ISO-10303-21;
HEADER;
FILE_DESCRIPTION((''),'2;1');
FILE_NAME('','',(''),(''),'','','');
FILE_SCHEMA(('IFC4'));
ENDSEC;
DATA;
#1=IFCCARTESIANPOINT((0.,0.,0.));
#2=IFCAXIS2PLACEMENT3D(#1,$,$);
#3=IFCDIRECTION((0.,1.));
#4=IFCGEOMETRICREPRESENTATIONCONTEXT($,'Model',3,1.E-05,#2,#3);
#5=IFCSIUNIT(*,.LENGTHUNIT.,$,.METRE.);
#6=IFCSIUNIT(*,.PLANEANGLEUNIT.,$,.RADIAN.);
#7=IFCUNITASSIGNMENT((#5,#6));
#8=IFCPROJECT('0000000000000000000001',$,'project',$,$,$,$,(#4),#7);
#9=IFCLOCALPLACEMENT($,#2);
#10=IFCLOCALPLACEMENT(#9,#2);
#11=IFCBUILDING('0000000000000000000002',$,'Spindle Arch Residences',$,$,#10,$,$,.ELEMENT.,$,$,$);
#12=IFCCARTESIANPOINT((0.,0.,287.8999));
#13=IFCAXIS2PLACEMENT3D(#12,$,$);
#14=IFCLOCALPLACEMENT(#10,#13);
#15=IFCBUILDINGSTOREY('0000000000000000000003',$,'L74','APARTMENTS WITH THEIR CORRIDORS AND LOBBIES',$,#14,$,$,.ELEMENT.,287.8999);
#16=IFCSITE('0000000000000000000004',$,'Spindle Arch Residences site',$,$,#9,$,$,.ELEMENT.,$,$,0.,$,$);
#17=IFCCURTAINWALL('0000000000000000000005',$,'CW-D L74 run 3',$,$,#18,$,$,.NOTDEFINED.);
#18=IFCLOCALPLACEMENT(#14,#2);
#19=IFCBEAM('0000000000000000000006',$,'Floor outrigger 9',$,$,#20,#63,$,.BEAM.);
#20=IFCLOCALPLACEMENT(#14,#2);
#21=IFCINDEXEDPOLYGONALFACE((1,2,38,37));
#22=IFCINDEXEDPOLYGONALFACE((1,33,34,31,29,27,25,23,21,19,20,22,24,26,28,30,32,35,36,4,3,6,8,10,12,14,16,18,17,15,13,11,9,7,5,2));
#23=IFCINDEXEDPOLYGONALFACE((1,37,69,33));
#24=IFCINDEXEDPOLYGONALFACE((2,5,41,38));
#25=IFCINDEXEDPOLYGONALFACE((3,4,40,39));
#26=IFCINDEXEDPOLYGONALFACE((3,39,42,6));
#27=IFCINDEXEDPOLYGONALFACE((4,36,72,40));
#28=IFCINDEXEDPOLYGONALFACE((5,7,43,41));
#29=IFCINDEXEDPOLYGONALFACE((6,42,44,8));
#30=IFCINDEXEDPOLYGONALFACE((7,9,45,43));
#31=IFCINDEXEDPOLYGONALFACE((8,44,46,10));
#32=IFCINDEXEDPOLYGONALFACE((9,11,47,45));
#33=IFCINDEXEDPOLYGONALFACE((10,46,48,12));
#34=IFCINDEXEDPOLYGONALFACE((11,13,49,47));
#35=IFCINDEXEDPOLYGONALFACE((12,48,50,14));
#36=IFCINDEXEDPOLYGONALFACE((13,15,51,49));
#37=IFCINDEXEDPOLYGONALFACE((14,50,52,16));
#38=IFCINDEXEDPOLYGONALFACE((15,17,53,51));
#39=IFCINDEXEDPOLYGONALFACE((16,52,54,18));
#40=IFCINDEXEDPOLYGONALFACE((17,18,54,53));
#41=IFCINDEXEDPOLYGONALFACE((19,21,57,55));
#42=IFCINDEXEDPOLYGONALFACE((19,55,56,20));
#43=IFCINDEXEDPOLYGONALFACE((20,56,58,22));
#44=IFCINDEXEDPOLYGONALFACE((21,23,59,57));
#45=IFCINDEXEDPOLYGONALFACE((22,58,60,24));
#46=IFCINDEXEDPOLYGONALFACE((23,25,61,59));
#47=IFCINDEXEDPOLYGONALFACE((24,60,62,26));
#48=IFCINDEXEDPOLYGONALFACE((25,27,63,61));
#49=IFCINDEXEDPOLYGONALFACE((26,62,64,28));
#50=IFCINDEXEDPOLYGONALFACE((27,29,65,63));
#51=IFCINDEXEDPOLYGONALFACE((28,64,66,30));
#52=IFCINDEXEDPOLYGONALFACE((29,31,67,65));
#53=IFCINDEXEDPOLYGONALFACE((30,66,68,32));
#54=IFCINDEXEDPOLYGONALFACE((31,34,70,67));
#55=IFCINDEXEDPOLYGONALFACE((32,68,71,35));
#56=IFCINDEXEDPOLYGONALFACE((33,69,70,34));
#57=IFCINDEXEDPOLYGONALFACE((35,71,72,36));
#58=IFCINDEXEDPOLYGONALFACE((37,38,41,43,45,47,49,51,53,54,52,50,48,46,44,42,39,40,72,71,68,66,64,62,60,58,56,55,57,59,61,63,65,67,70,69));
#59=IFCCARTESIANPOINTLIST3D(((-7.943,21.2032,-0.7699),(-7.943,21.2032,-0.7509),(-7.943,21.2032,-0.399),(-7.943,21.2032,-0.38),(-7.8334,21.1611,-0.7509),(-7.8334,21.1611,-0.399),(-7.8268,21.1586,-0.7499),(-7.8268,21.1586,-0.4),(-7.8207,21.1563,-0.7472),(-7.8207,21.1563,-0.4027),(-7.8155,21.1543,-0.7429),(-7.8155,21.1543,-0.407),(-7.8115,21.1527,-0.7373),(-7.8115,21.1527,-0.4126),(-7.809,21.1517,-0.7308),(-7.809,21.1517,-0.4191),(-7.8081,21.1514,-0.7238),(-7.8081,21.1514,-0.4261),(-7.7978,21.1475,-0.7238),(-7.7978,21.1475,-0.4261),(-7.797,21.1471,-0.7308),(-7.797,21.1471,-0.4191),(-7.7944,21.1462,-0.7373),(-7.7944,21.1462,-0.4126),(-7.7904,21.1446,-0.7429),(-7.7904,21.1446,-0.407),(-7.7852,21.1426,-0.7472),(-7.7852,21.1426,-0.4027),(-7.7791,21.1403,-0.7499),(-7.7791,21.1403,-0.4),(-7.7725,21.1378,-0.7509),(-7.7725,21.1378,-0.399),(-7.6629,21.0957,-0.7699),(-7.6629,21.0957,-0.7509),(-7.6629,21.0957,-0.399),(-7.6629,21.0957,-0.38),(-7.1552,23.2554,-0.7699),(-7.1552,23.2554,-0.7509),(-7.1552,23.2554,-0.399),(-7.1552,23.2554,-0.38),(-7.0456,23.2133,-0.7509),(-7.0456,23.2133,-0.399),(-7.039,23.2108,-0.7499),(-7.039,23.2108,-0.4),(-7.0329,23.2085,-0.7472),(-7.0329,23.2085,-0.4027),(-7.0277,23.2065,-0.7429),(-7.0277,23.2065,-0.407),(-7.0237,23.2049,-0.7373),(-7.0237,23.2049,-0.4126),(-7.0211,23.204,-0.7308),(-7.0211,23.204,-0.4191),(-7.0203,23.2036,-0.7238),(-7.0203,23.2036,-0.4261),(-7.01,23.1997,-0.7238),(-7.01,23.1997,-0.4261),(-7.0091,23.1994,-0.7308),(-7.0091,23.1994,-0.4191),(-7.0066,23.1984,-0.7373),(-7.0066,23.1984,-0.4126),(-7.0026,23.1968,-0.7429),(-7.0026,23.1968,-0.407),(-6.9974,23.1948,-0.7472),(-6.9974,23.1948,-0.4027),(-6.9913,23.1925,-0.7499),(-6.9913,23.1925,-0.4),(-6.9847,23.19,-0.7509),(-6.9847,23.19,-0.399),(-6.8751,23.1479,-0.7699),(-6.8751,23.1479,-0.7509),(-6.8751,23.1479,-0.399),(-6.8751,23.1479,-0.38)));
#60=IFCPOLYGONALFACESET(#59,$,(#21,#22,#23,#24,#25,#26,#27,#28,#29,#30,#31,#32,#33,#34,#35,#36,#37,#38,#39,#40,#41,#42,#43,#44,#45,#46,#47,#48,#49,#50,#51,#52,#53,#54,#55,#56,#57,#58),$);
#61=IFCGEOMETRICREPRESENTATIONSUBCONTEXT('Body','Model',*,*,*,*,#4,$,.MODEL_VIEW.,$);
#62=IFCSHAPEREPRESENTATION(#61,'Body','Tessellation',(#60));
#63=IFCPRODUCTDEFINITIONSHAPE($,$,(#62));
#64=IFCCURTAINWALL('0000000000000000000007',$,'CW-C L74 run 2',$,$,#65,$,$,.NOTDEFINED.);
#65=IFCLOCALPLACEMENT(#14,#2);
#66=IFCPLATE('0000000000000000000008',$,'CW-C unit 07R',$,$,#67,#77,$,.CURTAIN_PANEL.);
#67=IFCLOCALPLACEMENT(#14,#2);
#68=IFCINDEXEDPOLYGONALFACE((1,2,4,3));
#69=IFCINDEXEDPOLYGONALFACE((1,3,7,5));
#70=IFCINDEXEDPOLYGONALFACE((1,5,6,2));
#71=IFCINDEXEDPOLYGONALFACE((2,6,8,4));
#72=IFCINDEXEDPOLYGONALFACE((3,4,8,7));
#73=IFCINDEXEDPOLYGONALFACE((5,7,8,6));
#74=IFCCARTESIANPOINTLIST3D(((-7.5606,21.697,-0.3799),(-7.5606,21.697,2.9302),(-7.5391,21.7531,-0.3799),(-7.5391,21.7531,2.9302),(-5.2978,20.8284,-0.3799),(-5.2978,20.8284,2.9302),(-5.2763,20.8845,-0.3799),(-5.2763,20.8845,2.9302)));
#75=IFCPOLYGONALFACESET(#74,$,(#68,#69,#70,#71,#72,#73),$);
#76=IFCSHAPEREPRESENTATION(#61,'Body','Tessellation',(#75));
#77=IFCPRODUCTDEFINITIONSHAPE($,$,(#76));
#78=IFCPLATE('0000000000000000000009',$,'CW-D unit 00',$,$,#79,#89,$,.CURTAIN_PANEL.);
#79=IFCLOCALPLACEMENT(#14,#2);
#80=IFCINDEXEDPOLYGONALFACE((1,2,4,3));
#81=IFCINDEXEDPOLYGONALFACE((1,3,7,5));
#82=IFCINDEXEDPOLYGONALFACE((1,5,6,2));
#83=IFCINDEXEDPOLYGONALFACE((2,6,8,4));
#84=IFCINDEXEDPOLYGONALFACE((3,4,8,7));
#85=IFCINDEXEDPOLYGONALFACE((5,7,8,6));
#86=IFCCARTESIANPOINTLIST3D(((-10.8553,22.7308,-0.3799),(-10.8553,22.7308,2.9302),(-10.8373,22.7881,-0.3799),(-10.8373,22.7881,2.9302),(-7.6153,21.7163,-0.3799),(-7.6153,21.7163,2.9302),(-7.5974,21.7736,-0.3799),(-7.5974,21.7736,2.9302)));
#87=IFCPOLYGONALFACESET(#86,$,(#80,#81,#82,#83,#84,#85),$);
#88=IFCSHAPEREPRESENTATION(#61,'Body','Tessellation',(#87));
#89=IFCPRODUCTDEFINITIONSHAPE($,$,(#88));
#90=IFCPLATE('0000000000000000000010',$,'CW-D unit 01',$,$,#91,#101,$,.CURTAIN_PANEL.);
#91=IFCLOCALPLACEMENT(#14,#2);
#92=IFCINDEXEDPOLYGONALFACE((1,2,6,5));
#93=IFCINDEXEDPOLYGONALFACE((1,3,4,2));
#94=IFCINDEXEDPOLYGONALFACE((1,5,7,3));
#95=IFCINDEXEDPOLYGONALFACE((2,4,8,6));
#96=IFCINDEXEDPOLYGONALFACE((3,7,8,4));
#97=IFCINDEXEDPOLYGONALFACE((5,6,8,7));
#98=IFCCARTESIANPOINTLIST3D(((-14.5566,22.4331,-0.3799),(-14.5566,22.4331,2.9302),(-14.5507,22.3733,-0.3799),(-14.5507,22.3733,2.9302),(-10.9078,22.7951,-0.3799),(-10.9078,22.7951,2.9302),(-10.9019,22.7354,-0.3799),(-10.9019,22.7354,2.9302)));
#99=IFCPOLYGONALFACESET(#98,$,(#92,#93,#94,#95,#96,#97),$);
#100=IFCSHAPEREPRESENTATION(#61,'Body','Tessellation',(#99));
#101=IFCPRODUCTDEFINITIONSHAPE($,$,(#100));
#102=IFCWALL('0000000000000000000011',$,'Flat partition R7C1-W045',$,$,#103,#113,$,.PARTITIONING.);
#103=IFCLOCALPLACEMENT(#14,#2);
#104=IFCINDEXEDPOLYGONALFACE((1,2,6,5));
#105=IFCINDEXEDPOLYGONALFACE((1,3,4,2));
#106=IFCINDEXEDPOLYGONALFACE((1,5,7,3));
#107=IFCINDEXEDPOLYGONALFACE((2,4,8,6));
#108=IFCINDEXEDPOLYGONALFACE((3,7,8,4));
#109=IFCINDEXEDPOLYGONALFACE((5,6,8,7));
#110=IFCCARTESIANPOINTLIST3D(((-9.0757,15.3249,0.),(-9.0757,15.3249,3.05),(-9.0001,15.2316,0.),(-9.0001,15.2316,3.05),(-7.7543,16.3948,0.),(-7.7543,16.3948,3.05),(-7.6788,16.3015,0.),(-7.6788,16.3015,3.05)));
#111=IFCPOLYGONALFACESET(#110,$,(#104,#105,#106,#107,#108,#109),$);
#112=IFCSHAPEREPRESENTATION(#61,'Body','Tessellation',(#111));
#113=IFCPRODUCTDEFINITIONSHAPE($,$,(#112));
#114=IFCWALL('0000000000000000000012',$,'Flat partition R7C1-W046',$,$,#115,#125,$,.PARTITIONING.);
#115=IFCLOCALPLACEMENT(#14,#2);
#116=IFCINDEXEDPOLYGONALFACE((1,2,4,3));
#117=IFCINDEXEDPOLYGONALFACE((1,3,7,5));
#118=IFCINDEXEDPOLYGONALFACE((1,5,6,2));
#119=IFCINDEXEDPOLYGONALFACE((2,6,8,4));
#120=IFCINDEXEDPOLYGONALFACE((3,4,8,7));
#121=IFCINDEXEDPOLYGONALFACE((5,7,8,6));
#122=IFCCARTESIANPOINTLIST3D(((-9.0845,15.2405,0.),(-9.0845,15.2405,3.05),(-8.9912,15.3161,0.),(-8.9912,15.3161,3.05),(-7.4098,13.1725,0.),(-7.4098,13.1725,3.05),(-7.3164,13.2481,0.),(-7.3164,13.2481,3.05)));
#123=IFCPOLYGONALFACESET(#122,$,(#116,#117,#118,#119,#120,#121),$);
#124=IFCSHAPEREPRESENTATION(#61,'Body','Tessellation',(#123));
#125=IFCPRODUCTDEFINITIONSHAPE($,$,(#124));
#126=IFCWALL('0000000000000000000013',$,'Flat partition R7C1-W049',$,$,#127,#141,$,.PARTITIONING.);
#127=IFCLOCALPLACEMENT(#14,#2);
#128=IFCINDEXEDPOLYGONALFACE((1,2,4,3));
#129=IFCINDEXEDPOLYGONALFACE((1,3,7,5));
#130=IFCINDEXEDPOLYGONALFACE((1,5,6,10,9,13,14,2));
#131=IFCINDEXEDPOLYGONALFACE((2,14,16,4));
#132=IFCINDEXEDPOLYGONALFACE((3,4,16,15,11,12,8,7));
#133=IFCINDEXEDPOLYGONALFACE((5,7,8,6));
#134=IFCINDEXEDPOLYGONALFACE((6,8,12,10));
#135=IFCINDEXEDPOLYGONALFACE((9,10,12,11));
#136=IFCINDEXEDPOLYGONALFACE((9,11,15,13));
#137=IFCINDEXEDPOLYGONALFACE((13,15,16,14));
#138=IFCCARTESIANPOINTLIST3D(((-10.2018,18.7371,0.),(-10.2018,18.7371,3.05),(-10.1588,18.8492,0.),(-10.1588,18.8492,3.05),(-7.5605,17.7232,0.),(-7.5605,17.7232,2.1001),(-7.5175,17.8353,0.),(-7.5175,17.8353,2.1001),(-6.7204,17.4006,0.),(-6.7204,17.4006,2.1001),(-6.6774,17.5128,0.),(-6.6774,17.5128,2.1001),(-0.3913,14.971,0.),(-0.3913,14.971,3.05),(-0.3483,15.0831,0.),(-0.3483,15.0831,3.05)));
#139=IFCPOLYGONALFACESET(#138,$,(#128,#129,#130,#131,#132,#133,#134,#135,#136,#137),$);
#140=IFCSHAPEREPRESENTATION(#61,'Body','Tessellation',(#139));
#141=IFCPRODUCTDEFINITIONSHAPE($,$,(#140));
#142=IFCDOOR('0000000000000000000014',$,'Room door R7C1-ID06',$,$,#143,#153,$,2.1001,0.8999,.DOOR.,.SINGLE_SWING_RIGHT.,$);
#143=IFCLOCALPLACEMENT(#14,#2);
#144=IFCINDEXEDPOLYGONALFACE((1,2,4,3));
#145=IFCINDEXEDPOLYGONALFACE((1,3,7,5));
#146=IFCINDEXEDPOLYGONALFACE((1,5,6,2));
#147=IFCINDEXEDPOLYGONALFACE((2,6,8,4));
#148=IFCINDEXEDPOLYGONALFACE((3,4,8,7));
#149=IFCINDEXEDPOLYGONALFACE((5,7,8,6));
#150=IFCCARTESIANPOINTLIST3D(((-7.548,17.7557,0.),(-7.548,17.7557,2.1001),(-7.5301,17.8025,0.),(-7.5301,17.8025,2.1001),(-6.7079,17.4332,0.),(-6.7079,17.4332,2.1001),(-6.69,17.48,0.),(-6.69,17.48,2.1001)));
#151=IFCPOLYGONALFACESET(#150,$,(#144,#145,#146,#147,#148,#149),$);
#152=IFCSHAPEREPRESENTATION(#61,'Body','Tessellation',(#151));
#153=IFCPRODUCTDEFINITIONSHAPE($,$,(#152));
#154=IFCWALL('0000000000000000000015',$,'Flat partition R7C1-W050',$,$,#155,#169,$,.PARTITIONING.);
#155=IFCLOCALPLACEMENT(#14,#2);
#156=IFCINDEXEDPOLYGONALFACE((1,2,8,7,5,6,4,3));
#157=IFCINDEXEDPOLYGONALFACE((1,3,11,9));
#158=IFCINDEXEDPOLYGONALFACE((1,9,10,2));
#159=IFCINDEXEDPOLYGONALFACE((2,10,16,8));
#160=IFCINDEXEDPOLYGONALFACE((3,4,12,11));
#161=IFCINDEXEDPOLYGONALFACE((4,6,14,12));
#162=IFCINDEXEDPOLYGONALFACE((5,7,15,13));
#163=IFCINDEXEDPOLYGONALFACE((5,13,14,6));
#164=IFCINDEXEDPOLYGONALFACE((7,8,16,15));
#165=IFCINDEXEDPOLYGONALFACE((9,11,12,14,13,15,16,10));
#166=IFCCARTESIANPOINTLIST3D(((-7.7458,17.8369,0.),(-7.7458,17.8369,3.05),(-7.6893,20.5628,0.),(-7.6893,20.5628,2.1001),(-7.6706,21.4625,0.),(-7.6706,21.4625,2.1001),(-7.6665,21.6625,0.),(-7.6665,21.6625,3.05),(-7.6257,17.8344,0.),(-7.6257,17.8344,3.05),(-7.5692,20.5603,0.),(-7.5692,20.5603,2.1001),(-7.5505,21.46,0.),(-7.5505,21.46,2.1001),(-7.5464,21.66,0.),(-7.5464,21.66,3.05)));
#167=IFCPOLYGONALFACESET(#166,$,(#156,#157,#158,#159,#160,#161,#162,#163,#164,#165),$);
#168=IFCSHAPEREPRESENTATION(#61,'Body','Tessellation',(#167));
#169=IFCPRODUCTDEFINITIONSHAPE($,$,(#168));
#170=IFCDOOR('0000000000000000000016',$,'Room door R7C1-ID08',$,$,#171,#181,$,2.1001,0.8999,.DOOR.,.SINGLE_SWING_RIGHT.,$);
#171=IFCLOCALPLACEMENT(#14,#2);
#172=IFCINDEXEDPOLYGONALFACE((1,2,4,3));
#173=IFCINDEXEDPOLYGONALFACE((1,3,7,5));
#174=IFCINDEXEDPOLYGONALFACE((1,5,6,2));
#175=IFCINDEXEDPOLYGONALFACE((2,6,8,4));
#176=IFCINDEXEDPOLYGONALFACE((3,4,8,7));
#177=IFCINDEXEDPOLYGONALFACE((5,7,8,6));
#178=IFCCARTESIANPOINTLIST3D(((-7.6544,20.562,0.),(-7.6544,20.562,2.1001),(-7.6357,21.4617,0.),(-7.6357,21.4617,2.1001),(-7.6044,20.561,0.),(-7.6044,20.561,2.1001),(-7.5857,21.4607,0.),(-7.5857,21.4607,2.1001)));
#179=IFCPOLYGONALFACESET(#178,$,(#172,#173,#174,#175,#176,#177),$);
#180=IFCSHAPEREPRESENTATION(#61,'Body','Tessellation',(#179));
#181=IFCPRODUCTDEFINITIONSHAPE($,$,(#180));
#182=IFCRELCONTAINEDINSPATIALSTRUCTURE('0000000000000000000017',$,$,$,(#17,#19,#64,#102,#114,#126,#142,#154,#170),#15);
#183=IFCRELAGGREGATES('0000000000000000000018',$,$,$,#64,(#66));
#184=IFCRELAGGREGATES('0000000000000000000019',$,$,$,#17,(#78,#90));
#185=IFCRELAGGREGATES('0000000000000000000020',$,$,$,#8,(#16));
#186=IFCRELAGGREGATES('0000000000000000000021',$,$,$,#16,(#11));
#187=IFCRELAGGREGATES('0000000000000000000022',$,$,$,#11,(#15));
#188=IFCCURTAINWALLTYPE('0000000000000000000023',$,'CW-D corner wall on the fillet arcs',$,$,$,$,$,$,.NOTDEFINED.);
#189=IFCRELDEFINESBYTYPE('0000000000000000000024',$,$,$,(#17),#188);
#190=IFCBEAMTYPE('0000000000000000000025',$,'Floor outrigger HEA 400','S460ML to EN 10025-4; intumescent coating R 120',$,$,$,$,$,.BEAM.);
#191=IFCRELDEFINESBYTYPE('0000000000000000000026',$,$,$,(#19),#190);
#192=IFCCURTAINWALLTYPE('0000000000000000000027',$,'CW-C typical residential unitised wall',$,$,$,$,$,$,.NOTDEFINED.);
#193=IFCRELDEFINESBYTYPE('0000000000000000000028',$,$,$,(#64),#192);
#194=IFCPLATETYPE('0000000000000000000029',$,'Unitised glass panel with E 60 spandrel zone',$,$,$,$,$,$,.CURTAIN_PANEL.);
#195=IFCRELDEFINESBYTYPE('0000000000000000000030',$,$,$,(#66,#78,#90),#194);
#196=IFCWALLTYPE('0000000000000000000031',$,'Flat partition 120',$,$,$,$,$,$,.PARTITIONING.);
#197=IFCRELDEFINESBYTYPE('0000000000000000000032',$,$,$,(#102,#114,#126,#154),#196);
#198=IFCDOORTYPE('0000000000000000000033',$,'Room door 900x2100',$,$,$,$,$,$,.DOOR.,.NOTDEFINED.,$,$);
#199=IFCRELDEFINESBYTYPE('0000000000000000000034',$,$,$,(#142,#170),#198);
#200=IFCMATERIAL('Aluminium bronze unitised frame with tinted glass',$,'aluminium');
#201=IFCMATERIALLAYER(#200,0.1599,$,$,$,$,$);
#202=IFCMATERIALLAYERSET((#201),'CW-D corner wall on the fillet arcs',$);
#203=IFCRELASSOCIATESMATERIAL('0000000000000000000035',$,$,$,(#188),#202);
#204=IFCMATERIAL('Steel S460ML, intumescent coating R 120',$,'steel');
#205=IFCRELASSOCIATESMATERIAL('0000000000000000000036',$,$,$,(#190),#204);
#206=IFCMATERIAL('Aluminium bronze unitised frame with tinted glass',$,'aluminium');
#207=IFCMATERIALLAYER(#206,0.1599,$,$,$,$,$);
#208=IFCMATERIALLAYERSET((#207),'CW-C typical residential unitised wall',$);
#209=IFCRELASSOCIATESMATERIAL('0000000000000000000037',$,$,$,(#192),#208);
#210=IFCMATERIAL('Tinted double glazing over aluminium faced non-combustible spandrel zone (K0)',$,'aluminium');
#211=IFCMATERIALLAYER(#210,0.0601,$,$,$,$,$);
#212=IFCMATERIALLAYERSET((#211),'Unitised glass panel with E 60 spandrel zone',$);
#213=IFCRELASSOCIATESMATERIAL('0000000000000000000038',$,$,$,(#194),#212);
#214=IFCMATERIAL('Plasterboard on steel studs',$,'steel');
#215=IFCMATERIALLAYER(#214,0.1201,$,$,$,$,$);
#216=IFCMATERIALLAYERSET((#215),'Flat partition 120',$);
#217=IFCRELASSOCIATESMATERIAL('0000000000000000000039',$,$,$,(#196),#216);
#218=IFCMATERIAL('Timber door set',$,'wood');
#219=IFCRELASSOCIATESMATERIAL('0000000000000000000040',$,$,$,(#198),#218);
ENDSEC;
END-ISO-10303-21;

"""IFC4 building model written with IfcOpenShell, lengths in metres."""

from ifc_helpers import new_model, si_unit, direction, frame, frame_2d, origin, origin_2d, place, context, subcontext, project, spatial, rectangle, i_section, extrude, material, layer, layer_set, material_profile, profile_set, type_object, element, fill, aggregate, save


model = new_model("IFC4")

# Units and contexts
model_context = context("Model", 3, precision=1e-05, world=origin(), true_north=direction((0.0, 1.0)))
body_context = subcontext(model_context, "Body", "Model", "MODEL_VIEW")
ifc_project = project(units=[si_unit("LENGTHUNIT", "METRE"), si_unit("PLANEANGLEUNIT", "RADIAN")], contexts=[model_context])

# Site, building, storey
site_placement = place(None, origin())
site = spatial("IfcSite", under=ifc_project, at=site_placement, Name="Spindle Arch Residences site", CompositionType="ELEMENT", RefElevation=0.0)
building_placement = place(site_placement, origin())
building = spatial("IfcBuilding", under=site, at=building_placement, Name="Spindle Arch Residences", CompositionType="ELEMENT")
storey_placement = place(building_placement, frame((0.0, 0.0, 287.8999)))
storey = spatial("IfcBuildingStorey", under=building, at=storey_placement, Name="L74", Description="APARTMENTS WITH THEIR CORRIDORS AND LOBBIES", CompositionType="ELEMENT", Elevation=287.8999)

# Curtain wall
ifc_material_1 = material(Name="Aluminium bronze unitised frame with tinted glass", Category="aluminium")
ifc_layer_1 = layer(ifc_material_1, 0.1599)
ifc_layer_set_1 = layer_set([ifc_layer_1], Name="CW-D corner wall on the fillet arcs")
curtain_wall_type_1 = type_object("IfcCurtainWallType", Name="CW-D corner wall on the fillet arcs", PredefinedType="NOTDEFINED", material=ifc_layer_set_1)
curtain_wall_1_placement = place(storey_placement, origin())
curtain_wall_1 = element("IfcCurtainWall", 1, at=curtain_wall_1_placement, inside=storey, type_object=curtain_wall_type_1, Name="CW-D L74 run 3", PredefinedType="NOTDEFINED")

# Beam
ifc_material_2 = material(Name="Steel S460ML, intumescent coating R 120", Category="steel")
ifc_material_profile_1 = material_profile(ifc_material_2, i_section(OverallWidth=0.3, OverallDepth=0.3899, WebThickness=0.011, FlangeThickness=0.019, FilletRadius=0.0271, at=origin_2d()), Name="HEA 400")
ifc_profile_set_1 = profile_set([ifc_material_profile_1], Name="Steel S460ML, intumescent coating R 120")
beam_type_1 = type_object("IfcBeamType", Name="Floor outrigger HEA 400", Description="S460ML to EN 10025-4; intumescent coating R 120", PredefinedType="BEAM", material=ifc_profile_set_1)
beam_1_placement = place(storey_placement, frame((-7.0151, 23.2017, -0.575), z_axis=(-0.358391, -0.933572, 0.0), x_axis=(0.933572, -0.358391, 0.0)))
element("IfcBeam", 2, at=beam_1_placement, inside=storey, type_object=beam_type_1, Name="Floor outrigger 9", PredefinedType="BEAM", context=body_context, shape_type="SweptSolid", body=[
    extrude(i_section(OverallWidth=0.3, OverallDepth=0.3899, WebThickness=0.011, FlangeThickness=0.019, FilletRadius=0.0271, at=origin_2d()), origin(), (0.0, 0.0, 1.0), 2.1982),
])

# Curtain wall, plate
ifc_material_3 = material(Name="Aluminium bronze unitised frame with tinted glass", Category="aluminium")
ifc_layer_2 = layer(ifc_material_3, 0.1599)
ifc_layer_set_2 = layer_set([ifc_layer_2], Name="CW-C typical residential unitised wall")
curtain_wall_type_2 = type_object("IfcCurtainWallType", Name="CW-C typical residential unitised wall", PredefinedType="NOTDEFINED", material=ifc_layer_set_2)
curtain_wall_2_placement = place(storey_placement, origin())
curtain_wall_2 = element("IfcCurtainWall", 3, at=curtain_wall_2_placement, inside=storey, type_object=curtain_wall_type_2, Name="CW-C L74 run 2", PredefinedType="NOTDEFINED")
ifc_material_4 = material(Name="Tinted double glazing over aluminium faced non-combustible spandrel zone (K0)", Category="aluminium")
ifc_layer_3 = layer(ifc_material_4, 0.0601)
ifc_layer_set_3 = layer_set([ifc_layer_3], Name="Unitised glass panel with E 60 spandrel zone")
plate_type = type_object("IfcPlateType", Name="Unitised glass panel with E 60 spandrel zone", PredefinedType="CURTAIN_PANEL", material=ifc_layer_set_3)
plate_1_placement = place(storey_placement, frame((-6.4185, 21.2908, -0.3799), z_axis=(0.0, 0.0, 1.0), x_axis=(-0.93358, 0.358368, 0.0)))
plate_1 = element("IfcPlate", 4, at=plate_1_placement, type_object=plate_type, Name="CW-C unit 07R", PredefinedType="CURTAIN_PANEL", context=body_context, shape_type="SweptSolid", body=[
    extrude(rectangle(XDim=2.4238, YDim=0.0601, at=origin_2d()), origin(), (0.0, 0.0, 1.0), 3.3101),
])
aggregate(curtain_wall_2, [plate_1])

# Plates
plate_2_placement = place(storey_placement, frame((-9.2263, 22.2522, -0.3799), z_axis=(0.0, 0.0, 1.0), x_axis=(-0.954315, 0.298803, 0.0)))
plate_2 = element("IfcPlate", 5, at=plate_2_placement, type_object=plate_type, Name="CW-D unit 00", PredefinedType="CURTAIN_PANEL", context=body_context, shape_type="SweptSolid", body=[
    extrude(rectangle(XDim=3.395, YDim=0.0601, at=origin_2d()), origin(), (0.0, 0.0, 1.0), 3.3101),
])
plate_3_placement = place(storey_placement, frame((-12.7292, 22.5842, -0.3799), z_axis=(0.0, 0.0, 1.0), x_axis=(-0.995113, -0.098741, 0.0)))
plate_3 = element("IfcPlate", 6, at=plate_3_placement, type_object=plate_type, Name="CW-D unit 01", PredefinedType="CURTAIN_PANEL", context=body_context, shape_type="SweptSolid", body=[
    extrude(rectangle(XDim=3.6667, YDim=0.0601, at=origin_2d()), origin(), (0.0, 0.0, 1.0), 3.3101),
])
aggregate(curtain_wall_1, [plate_2, plate_3])

# Walls
ifc_material_5 = material(Name="Plasterboard on steel studs", Category="steel")
ifc_layer_4 = layer(ifc_material_5, 0.1201)
ifc_layer_set_4 = layer_set([ifc_layer_4], Name="Flat partition 120")
wall_type_1 = type_object("IfcWallType", Name="Flat partition 120", PredefinedType="PARTITIONING", material=ifc_layer_set_4)
wall_1_placement = place(storey_placement, frame((-7.7166, 16.3481, 0.0), z_axis=(0.0, 0.0, 1.0), x_axis=(-0.777185, -0.629273, 0.0)))
element("IfcWall", 7, at=wall_1_placement, inside=storey, type_object=wall_type_1, Name="Flat partition R7C1-W045", PredefinedType="PARTITIONING", context=body_context, shape_type="SweptSolid", body=[
    extrude(rectangle(XDim=1.7002, YDim=0.1201, at=frame_2d((0.8501, 0.0))), origin(), (0.0, 0.0, 1.0), 3.05),
])
wall_2_placement = place(storey_placement, frame((-9.0378, 15.2783, 0.0), z_axis=(0.0, 0.0, 1.0), x_axis=(0.629338, -0.777132, 0.0)))
element("IfcWall", 8, at=wall_2_placement, inside=storey, type_object=wall_type_1, Name="Flat partition R7C1-W046", PredefinedType="PARTITIONING", context=body_context, shape_type="SweptSolid", body=[
    extrude(rectangle(XDim=2.6611, YDim=0.1201, at=frame_2d((1.3306, 0.0))), origin(), (0.0, 0.0, 1.0), 3.05),
])

# Walls, openings, doors
wall_3_placement = place(storey_placement, frame((-10.1804, 18.7932, 0.0), z_axis=(0.0, 0.0, 1.0), x_axis=(0.933574, -0.358384, 0.0)))
wall_3 = element("IfcWall", 9, at=wall_3_placement, inside=storey, type_object=wall_type_1, Name="Flat partition R7C1-W049", PredefinedType="PARTITIONING", context=body_context, shape_type="SweptSolid", body=[
    extrude(rectangle(XDim=10.5085, YDim=0.1201, at=frame_2d((5.2544, 0.0))), origin(), (0.0, 0.0, 1.0), 3.05),
])
opening_1_placement = place(wall_3_placement, frame((2.8293, 0.0, 0.0)))
opening_1 = element("IfcOpeningElement", 10, at=opening_1_placement, cuts=wall_3, PredefinedType="OPENING", context=body_context, shape_type="SweptSolid", body=[
    extrude(rectangle(XDim=0.8999, YDim=2.1001, at=frame_2d((0.45, 1.05))), frame((0.0, 0.0701, 0.0), z_axis=(0.0, -1.0, 0.0), x_axis=(1.0, 0.0, 0.0)), (0.0, 0.0, 1.0), 0.1401),
])
ifc_material_6 = material(Name="Timber door set", Category="wood")
door_type_1 = type_object("IfcDoorType", Name="Room door 900x2100", OperationType="NOTDEFINED", PredefinedType="DOOR", material=ifc_material_6)
door_1_placement = place(opening_1_placement, origin())
door_1 = element("IfcDoor", 11, at=door_1_placement, inside=storey, type_object=door_type_1, Name="Room door R7C1-ID06", OperationType="SINGLE_SWING_RIGHT", OverallHeight=2.1001, OverallWidth=0.8999, PredefinedType="DOOR", context=body_context, shape_type="SweptSolid", body=[
    extrude(rectangle(XDim=0.8999, YDim=2.1001, at=frame_2d((0.45, 1.05))), frame((0.0, 0.0249, 0.0), z_axis=(0.0, -1.0, 0.0), x_axis=(1.0, 0.0, 0.0)), (0.0, 0.0, 1.0), 0.05),
])
fill(opening_1, door_1)
wall_4_placement = place(storey_placement, frame((-7.6064, 21.6611, 0.0), z_axis=(0.0, 0.0, 1.0), x_axis=(-0.020736, -0.999785, 0.0)))
wall_4 = element("IfcWall", 12, at=wall_4_placement, inside=storey, type_object=wall_type_1, Name="Flat partition R7C1-W050", PredefinedType="PARTITIONING", context=body_context, shape_type="SweptSolid", body=[
    extrude(rectangle(XDim=3.8264, YDim=0.1201, at=frame_2d((1.9131, 0.0))), origin(), (0.0, 0.0, 1.0), 3.05),
])
opening_2_placement = place(wall_4_placement, frame((0.2, 0.0, 0.0)))
opening_2 = element("IfcOpeningElement", 13, at=opening_2_placement, cuts=wall_4, PredefinedType="OPENING", context=body_context, shape_type="SweptSolid", body=[
    extrude(rectangle(XDim=0.8999, YDim=2.1001, at=frame_2d((0.45, 1.05))), frame((0.0, 0.0701, 0.0), z_axis=(0.0, -1.0, 0.0), x_axis=(1.0, 0.0, 0.0)), (0.0, 0.0, 1.0), 0.1401),
])
door_2_placement = place(opening_2_placement, origin())
door_2 = element("IfcDoor", 14, at=door_2_placement, inside=storey, type_object=door_type_1, Name="Room door R7C1-ID08", OperationType="SINGLE_SWING_RIGHT", OverallHeight=2.1001, OverallWidth=0.8999, PredefinedType="DOOR", context=body_context, shape_type="SweptSolid", body=[
    extrude(rectangle(XDim=0.8999, YDim=2.1001, at=frame_2d((0.45, 1.05))), frame((0.0, 0.0249, 0.0), z_axis=(0.0, -1.0, 0.0), x_axis=(1.0, 0.0, 0.0)), (0.0, 0.0, 1.0), 0.05),
])
fill(opening_2, door_2)

save(model, "model.ifc")
